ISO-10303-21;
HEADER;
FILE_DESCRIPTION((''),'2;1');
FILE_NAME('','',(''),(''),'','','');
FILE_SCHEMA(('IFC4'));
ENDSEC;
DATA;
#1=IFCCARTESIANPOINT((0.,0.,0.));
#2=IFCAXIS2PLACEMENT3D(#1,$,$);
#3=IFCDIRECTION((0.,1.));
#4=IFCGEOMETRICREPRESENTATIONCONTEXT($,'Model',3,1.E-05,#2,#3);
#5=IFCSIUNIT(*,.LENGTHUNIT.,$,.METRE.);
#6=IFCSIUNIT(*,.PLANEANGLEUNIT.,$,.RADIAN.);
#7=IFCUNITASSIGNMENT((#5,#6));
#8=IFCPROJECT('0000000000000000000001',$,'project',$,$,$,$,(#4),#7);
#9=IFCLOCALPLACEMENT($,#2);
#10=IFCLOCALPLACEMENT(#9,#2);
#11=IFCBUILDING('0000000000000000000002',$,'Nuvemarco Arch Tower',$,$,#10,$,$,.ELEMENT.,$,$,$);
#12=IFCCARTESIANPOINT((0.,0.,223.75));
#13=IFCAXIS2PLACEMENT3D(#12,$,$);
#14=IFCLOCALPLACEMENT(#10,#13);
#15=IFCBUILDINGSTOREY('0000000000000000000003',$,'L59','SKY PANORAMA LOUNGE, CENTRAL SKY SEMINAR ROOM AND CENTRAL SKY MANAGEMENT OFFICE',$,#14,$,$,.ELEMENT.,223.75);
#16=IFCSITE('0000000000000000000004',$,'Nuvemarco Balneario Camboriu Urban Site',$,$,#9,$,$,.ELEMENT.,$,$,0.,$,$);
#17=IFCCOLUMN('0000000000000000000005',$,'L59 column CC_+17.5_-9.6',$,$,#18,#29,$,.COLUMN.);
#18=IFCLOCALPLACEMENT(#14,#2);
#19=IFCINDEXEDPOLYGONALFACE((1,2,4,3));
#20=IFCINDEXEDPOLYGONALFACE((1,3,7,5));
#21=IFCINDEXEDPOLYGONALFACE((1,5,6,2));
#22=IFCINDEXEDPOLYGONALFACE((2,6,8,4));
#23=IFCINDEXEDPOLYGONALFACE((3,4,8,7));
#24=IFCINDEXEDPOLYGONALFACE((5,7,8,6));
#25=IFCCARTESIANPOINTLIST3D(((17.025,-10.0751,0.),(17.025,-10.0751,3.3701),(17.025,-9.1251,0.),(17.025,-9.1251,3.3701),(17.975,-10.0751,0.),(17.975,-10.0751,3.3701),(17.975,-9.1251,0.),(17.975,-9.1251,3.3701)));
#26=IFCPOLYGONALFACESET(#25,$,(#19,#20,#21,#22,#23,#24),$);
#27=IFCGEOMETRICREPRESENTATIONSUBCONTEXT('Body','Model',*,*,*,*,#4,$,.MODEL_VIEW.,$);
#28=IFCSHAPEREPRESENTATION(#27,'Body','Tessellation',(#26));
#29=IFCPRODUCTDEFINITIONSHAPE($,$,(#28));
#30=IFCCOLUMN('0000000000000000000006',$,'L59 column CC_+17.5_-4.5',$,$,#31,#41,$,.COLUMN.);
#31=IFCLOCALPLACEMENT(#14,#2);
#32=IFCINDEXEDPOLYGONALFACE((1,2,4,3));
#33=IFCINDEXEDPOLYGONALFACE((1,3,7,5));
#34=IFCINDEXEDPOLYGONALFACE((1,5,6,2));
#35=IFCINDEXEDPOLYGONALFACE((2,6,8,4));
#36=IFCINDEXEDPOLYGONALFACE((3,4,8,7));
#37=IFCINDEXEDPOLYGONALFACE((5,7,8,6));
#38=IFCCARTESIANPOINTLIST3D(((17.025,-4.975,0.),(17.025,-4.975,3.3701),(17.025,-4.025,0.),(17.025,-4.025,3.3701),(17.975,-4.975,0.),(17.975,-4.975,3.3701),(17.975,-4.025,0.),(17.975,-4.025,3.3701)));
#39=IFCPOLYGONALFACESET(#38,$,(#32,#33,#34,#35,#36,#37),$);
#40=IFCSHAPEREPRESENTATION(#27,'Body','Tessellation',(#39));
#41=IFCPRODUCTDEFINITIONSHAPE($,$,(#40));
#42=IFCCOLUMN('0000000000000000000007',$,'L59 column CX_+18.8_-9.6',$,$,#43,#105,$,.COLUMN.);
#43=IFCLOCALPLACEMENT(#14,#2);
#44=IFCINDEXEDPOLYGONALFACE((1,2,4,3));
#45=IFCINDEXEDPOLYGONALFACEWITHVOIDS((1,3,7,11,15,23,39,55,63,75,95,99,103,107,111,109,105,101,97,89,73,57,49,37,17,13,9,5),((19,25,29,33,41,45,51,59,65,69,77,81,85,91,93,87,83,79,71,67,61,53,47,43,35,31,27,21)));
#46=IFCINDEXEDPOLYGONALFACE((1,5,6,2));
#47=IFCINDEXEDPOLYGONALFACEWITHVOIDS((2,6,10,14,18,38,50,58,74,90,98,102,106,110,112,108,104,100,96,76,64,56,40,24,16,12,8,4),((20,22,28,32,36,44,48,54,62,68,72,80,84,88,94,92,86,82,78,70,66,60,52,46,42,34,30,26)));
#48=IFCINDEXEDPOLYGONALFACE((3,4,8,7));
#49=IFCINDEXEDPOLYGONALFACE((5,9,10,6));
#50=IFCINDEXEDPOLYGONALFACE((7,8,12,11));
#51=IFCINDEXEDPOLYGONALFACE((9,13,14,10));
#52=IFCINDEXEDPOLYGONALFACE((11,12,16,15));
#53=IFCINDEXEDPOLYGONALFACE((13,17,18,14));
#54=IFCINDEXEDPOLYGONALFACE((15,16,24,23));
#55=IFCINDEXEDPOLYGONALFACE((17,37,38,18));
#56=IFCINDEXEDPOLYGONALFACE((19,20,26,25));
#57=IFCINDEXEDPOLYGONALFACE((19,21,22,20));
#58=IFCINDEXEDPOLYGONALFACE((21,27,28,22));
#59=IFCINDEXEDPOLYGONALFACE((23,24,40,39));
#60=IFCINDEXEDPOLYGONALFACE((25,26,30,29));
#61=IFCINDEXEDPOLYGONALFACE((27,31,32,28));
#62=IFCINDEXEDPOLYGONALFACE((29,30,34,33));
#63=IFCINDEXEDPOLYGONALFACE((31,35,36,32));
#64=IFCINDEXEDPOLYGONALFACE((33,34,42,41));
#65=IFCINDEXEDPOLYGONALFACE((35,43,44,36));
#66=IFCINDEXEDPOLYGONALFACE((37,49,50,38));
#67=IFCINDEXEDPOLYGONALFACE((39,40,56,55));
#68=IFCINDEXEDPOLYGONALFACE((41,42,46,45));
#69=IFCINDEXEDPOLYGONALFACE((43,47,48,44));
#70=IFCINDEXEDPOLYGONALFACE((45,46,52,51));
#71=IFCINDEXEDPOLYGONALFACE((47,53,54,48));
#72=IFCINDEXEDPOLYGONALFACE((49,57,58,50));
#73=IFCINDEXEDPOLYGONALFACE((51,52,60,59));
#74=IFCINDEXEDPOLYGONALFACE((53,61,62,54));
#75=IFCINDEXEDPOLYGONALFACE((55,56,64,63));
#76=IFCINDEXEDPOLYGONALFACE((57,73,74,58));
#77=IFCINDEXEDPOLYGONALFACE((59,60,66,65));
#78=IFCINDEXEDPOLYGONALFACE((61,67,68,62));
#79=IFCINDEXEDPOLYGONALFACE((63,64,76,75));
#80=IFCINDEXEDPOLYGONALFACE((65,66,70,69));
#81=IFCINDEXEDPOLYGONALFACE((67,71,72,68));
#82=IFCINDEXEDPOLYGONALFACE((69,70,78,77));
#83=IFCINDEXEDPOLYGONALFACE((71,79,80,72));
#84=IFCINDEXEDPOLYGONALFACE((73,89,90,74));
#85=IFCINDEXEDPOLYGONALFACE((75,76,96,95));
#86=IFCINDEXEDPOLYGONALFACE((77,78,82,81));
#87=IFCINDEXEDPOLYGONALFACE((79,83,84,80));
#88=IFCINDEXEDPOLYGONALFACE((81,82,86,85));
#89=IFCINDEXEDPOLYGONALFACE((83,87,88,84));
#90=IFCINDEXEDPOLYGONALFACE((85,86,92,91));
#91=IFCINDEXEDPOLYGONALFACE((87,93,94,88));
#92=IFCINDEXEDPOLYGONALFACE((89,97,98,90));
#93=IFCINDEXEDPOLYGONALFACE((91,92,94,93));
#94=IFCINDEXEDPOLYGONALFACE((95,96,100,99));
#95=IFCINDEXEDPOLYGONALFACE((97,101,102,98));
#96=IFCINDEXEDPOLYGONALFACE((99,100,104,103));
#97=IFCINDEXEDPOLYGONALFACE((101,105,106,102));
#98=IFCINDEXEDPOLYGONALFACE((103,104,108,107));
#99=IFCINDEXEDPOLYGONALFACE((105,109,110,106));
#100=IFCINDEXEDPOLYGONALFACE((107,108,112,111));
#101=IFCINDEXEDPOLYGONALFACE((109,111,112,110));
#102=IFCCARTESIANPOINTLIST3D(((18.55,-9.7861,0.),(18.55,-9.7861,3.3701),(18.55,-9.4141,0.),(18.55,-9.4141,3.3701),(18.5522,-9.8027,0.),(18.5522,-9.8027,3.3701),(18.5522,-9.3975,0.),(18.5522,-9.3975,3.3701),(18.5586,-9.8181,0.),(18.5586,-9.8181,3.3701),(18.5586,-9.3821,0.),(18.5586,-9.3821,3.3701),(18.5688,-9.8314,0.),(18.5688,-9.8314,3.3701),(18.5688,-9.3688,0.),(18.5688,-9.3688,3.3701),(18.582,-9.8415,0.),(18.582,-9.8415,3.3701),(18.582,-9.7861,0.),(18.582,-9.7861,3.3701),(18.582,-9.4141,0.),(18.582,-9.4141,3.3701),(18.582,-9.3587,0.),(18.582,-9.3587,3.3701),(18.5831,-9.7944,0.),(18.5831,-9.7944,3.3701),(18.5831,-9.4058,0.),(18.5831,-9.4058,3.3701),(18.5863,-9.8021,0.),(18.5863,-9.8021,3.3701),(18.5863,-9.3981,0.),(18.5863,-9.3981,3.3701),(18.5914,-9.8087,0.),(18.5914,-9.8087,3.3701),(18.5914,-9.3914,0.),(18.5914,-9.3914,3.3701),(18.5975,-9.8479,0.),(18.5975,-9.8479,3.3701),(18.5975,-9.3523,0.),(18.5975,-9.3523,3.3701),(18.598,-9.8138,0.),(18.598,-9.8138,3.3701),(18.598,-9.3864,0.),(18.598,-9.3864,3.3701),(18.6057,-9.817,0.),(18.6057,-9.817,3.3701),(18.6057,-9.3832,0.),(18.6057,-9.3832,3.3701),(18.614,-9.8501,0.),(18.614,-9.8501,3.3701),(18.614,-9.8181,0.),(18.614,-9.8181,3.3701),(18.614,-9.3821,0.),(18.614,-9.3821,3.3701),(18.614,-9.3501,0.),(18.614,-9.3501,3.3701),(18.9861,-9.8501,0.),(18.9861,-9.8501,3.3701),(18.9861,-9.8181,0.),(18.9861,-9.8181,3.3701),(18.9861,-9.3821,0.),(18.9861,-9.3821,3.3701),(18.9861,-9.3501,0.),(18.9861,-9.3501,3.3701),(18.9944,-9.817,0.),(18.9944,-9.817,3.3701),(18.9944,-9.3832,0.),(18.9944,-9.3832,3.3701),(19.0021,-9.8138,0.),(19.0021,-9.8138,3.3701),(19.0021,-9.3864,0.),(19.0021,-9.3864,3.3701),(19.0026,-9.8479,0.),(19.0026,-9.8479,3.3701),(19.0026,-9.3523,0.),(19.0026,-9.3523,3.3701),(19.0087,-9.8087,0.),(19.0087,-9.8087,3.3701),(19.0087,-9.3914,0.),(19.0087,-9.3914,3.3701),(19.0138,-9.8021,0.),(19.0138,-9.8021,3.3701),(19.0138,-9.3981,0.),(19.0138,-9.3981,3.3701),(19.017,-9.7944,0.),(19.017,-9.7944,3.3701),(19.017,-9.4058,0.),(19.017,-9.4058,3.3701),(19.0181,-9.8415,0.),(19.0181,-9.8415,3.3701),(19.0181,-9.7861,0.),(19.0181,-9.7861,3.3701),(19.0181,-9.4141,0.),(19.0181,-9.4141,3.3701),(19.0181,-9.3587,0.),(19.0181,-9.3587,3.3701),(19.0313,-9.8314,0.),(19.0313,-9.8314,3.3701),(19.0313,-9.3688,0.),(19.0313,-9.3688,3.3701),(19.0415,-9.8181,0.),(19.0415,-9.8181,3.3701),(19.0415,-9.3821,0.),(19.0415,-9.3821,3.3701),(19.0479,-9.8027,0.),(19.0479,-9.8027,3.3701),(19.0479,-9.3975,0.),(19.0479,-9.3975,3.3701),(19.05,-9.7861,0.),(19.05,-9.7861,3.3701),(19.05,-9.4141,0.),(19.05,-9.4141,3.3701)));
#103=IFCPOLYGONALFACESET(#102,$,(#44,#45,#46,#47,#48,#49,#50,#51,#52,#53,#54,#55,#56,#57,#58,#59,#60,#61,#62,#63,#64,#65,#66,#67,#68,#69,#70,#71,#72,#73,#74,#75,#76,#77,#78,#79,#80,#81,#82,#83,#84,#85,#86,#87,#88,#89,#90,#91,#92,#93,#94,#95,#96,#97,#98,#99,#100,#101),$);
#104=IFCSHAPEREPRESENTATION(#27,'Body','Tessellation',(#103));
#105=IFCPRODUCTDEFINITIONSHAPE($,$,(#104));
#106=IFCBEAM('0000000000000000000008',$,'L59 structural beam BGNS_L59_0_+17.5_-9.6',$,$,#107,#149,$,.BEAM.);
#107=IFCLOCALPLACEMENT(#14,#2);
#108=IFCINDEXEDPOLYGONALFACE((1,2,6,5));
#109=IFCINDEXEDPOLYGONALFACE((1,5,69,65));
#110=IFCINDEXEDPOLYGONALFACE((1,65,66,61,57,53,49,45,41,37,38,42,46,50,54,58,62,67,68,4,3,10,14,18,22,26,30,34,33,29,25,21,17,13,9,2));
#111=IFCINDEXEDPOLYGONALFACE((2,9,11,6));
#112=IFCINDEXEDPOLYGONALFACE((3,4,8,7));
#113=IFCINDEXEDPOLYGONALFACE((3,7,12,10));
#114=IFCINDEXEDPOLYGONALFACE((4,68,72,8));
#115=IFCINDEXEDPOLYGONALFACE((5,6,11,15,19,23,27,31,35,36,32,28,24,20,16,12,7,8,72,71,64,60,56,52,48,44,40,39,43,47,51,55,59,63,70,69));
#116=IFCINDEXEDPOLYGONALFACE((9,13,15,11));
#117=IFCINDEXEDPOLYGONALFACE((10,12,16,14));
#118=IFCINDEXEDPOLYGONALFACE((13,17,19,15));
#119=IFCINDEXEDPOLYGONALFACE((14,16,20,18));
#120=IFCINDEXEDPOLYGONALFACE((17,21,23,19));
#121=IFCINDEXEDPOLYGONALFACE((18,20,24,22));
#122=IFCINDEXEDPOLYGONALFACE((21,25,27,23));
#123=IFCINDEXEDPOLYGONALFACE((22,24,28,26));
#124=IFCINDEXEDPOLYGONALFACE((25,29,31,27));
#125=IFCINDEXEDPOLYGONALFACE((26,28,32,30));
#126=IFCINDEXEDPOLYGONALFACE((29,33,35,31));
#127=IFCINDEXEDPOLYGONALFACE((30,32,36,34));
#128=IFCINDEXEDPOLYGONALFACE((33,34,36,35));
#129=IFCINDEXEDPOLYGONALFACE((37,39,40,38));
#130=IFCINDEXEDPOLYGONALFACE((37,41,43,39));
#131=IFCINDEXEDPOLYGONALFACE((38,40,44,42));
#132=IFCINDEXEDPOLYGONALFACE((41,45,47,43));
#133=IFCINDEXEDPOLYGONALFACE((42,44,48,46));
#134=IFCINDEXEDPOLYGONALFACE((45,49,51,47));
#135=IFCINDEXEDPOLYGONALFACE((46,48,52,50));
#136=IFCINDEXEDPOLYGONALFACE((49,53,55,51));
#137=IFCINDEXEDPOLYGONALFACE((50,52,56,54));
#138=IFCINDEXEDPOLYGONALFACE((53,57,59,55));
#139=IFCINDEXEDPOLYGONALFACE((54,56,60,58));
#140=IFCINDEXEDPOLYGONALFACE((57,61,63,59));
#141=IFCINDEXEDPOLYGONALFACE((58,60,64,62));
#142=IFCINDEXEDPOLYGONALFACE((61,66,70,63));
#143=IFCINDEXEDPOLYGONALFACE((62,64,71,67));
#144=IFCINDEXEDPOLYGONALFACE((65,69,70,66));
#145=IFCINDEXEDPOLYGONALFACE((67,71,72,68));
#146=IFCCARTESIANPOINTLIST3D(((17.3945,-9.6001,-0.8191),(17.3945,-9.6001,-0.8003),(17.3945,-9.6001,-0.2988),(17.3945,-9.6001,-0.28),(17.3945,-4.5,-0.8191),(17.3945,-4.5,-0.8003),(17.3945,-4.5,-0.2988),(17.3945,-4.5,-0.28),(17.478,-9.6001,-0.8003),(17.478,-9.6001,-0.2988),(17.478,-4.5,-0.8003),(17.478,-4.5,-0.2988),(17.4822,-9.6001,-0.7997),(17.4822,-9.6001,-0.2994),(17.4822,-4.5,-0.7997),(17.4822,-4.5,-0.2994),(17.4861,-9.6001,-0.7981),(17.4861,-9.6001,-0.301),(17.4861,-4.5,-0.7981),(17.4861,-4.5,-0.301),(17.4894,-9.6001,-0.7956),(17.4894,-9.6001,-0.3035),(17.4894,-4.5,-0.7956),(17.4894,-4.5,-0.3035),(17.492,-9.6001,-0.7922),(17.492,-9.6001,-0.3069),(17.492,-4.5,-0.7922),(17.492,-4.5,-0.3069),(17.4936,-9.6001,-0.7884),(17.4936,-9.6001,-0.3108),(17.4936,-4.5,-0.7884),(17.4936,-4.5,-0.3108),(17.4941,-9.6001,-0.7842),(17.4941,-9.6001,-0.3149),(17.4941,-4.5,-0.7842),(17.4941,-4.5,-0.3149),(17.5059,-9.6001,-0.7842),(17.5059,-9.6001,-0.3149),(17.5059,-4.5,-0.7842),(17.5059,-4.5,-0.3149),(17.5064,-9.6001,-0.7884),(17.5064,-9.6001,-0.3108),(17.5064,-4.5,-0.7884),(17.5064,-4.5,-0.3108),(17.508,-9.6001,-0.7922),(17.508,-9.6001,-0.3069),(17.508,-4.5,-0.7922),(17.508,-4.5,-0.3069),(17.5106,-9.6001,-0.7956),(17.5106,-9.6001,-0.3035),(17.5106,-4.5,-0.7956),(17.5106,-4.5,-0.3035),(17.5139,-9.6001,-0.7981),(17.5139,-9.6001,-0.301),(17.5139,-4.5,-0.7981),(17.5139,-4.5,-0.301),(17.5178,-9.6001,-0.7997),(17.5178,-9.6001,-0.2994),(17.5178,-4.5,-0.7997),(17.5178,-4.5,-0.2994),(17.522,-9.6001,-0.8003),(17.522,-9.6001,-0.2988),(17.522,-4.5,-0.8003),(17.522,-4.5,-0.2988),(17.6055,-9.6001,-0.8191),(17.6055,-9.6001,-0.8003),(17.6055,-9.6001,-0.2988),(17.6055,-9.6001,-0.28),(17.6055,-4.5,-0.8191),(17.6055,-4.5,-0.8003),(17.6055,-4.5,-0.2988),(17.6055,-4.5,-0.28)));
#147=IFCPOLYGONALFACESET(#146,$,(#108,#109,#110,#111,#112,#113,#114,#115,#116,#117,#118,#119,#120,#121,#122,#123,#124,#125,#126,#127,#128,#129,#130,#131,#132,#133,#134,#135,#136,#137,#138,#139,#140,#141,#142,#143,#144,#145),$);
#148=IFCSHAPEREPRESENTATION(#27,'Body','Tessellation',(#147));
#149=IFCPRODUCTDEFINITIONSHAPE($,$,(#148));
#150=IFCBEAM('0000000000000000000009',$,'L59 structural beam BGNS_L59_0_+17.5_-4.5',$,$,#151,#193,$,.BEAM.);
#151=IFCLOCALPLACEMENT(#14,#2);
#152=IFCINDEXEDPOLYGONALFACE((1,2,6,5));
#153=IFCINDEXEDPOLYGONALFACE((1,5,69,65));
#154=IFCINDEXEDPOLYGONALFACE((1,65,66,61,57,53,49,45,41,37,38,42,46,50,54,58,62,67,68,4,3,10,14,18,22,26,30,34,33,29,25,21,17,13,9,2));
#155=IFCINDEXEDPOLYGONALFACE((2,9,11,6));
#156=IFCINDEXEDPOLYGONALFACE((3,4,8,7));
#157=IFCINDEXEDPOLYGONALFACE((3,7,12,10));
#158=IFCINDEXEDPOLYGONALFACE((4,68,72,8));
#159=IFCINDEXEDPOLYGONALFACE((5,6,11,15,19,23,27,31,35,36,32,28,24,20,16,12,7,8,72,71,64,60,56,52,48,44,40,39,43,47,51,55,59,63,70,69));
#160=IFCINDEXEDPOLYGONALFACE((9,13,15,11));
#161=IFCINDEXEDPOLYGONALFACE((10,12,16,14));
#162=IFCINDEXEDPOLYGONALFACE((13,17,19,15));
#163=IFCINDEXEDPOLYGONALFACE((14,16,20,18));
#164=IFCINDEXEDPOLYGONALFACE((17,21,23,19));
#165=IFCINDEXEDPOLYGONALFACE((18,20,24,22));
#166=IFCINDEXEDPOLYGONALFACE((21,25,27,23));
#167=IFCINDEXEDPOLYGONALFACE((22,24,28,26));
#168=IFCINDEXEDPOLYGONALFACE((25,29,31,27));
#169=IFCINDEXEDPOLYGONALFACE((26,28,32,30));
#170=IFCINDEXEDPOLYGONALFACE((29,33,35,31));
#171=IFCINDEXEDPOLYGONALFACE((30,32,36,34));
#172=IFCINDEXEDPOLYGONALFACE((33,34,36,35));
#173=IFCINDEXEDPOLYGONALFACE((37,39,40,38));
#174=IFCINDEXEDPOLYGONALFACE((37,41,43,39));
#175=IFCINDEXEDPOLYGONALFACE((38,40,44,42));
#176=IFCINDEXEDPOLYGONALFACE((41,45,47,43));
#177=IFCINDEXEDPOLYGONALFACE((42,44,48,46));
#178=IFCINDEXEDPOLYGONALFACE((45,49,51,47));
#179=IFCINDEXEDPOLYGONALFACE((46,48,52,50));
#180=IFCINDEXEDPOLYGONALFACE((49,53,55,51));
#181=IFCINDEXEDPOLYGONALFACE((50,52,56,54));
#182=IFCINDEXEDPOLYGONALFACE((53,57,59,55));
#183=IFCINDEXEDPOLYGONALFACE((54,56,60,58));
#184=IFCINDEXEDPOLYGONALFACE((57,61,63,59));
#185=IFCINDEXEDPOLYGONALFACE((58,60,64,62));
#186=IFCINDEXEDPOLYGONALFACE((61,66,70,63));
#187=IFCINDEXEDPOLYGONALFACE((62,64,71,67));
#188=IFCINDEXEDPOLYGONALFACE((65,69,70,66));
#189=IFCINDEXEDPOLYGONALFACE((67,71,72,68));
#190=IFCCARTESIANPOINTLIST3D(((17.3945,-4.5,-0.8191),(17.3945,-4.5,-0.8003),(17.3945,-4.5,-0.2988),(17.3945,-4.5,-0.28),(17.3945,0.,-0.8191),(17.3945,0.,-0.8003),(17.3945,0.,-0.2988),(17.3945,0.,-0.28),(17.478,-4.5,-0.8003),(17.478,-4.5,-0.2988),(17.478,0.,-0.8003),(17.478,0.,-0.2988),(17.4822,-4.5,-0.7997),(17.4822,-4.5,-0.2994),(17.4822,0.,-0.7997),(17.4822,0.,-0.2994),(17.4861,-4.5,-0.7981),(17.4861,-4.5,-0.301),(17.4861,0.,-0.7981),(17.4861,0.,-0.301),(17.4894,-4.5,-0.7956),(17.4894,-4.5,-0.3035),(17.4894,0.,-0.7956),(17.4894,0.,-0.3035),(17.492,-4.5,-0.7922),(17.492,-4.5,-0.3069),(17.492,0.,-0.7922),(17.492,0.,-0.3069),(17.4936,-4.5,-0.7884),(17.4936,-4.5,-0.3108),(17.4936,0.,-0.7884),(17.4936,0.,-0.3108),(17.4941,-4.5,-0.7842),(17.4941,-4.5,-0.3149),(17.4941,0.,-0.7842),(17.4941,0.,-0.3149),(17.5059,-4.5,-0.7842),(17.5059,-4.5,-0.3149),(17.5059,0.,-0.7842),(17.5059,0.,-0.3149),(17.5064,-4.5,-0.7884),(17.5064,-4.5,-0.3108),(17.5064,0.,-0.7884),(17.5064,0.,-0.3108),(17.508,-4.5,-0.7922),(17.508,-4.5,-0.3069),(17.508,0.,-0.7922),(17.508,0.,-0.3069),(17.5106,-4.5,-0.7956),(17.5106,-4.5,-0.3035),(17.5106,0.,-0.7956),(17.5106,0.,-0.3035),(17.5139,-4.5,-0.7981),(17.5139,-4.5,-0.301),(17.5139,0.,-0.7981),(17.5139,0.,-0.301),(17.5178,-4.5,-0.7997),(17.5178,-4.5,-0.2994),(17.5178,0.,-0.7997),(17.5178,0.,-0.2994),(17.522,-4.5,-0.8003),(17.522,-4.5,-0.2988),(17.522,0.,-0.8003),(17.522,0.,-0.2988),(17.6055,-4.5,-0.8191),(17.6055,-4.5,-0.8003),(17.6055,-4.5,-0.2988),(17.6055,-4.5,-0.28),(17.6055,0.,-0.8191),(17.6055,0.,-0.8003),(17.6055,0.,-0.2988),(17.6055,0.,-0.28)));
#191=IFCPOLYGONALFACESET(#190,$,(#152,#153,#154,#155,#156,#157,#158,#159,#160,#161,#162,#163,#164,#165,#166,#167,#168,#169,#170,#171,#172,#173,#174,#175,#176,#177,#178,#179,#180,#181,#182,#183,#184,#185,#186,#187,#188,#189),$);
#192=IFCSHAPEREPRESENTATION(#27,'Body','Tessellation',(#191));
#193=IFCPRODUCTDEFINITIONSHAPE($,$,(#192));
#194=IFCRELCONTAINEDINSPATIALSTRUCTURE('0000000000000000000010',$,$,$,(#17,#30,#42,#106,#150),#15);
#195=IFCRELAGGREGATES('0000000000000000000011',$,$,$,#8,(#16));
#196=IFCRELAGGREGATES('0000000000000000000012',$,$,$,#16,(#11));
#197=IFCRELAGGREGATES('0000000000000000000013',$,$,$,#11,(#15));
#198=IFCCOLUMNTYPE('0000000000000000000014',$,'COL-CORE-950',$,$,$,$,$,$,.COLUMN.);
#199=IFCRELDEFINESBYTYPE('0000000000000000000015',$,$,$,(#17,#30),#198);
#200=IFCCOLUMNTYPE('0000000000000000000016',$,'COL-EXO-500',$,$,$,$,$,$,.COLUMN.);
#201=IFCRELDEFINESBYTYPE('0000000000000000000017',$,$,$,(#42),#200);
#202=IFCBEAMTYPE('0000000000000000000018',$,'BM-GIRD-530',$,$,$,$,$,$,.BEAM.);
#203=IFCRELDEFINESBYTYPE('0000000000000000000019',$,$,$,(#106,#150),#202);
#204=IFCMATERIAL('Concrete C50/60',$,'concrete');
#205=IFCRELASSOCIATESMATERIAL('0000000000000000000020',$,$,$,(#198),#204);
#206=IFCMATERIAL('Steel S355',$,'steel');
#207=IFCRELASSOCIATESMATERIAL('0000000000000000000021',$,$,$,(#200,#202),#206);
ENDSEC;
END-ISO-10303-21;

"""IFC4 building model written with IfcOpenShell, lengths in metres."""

from ifc_helpers import new_model, si_unit, direction, frame, origin, origin_2d, place, context, subcontext, project, spatial, rectangle, hollow_rectangle, i_section, extrude, material, material_profile, profile_set, type_object, element, save


model = new_model("IFC4")

# Units and contexts
model_context = context("Model", 3, precision=1e-05, world=origin(), true_north=direction((0.0, 1.0)))
body_context = subcontext(model_context, "Body", "Model", "MODEL_VIEW")
ifc_project = project(units=[si_unit("LENGTHUNIT", "METRE"), si_unit("PLANEANGLEUNIT", "RADIAN")], contexts=[model_context])

# Site, building, storey
site_placement = place(None, origin())
site = spatial("IfcSite", under=ifc_project, at=site_placement, Name="Nuvemarco Balneario Camboriu Urban Site", CompositionType="ELEMENT", RefElevation=0.0)
building_placement = place(site_placement, origin())
building = spatial("IfcBuilding", under=site, at=building_placement, Name="Nuvemarco Arch Tower", CompositionType="ELEMENT")
storey_placement = place(building_placement, frame((0.0, 0.0, 223.75)))
storey = spatial("IfcBuildingStorey", under=building, at=storey_placement, Name="L59", Description="SKY PANORAMA LOUNGE, CENTRAL SKY SEMINAR ROOM AND CENTRAL SKY MANAGEMENT OFFICE", CompositionType="ELEMENT", Elevation=223.75)

# Columns
ifc_material_1 = material(Name="Concrete C50/60", Category="concrete")
ifc_material_profile_1 = material_profile(ifc_material_1, rectangle(XDim=0.95, YDim=0.95, at=origin_2d()), Name="RC-COL-950x950")
ifc_profile_set_1 = profile_set([ifc_material_profile_1], Name="Concrete C50/60")
column_type_1 = type_object("IfcColumnType", Name="COL-CORE-950", PredefinedType="COLUMN", material=ifc_profile_set_1)
for number, where, z_axis, x_axis, name in (
    (1, (17.5, -9.6001, 0.0), (0.0, 0.0, 1.0), (1.0, 0.0, 0.0), "L59 column CC_+17.5_-9.6"),
    (2, (17.5, -4.5, 0.0), (0.0, 0.0, 1.0), (1.0, 0.0, 0.0), "L59 column CC_+17.5_-4.5"),
):
    element("IfcColumn", number, at=place(storey_placement, frame(where, z_axis=z_axis, x_axis=x_axis)), inside=storey, type_object=column_type_1, Name=name, PredefinedType="COLUMN", context=body_context, shape_type="SweptSolid", body=[
        extrude(rectangle(XDim=0.95, YDim=0.95, at=origin_2d()), origin(), (0.0, 0.0, 1.0), 3.3701),
    ])
ifc_material_2 = material(Name="Steel S355", Category="steel")
ifc_material_profile_2 = material_profile(ifc_material_2, hollow_rectangle(XDim=0.5, YDim=0.5, WallThickness=0.032, InnerFilletRadius=0.032, OuterFilletRadius=0.064, at=origin_2d()), Name="SHS500x500x32")
ifc_profile_set_2 = profile_set([ifc_material_profile_2], Name="Steel S355")
column_type_2 = type_object("IfcColumnType", Name="COL-EXO-500", PredefinedType="COLUMN", material=ifc_profile_set_2)
column_placement = place(storey_placement, frame((18.8, -9.6001, 0.0), z_axis=(0.0, 0.0, 1.0), x_axis=(1.0, 0.0, 0.0)))
element("IfcColumn", 3, at=column_placement, inside=storey, type_object=column_type_2, Name="L59 column CX_+18.8_-9.6", PredefinedType="COLUMN", context=body_context, shape_type="SweptSolid", body=[
    extrude(hollow_rectangle(XDim=0.5, YDim=0.5, WallThickness=0.032, InnerFilletRadius=0.032, OuterFilletRadius=0.064, at=origin_2d()), origin(), (0.0, 0.0, 1.0), 3.3701),
])

# Beams
ifc_material_profile_3 = material_profile(ifc_material_2, i_section(OverallWidth=0.2109, OverallDepth=0.5391, WebThickness=0.0117, FlangeThickness=0.0188, FilletRadius=0.0161, at=origin_2d()), Name="W530x109")
ifc_profile_set_3 = profile_set([ifc_material_profile_3], Name="Steel S355")
beam_type_1 = type_object("IfcBeamType", Name="BM-GIRD-530", PredefinedType="BEAM", material=ifc_profile_set_3)
beam_1_placement = place(storey_placement, frame((17.5, -9.6001, -0.5496), z_axis=(0.0, 1.0, 0.0), x_axis=(-1.0, 0.0, 0.0)))
element("IfcBeam", 4, at=beam_1_placement, inside=storey, type_object=beam_type_1, Name="L59 structural beam BGNS_L59_0_+17.5_-9.6", PredefinedType="BEAM", context=body_context, shape_type="SweptSolid", body=[
    extrude(i_section(OverallWidth=0.2109, OverallDepth=0.5391, WebThickness=0.0117, FlangeThickness=0.0188, FilletRadius=0.0161, at=origin_2d()), origin(), (0.0, 0.0, 1.0), 5.1001),
])
beam_2_placement = place(storey_placement, frame((17.5, -4.5, -0.5496), z_axis=(0.0, 1.0, 0.0), x_axis=(-1.0, 0.0, 0.0)))
element("IfcBeam", 5, at=beam_2_placement, inside=storey, type_object=beam_type_1, Name="L59 structural beam BGNS_L59_0_+17.5_-4.5", PredefinedType="BEAM", context=body_context, shape_type="SweptSolid", body=[
    extrude(i_section(OverallWidth=0.2109, OverallDepth=0.5391, WebThickness=0.0117, FlangeThickness=0.0188, FilletRadius=0.0161, at=origin_2d()), origin(), (0.0, 0.0, 1.0), 4.5),
])

save(model, "model.ifc")
